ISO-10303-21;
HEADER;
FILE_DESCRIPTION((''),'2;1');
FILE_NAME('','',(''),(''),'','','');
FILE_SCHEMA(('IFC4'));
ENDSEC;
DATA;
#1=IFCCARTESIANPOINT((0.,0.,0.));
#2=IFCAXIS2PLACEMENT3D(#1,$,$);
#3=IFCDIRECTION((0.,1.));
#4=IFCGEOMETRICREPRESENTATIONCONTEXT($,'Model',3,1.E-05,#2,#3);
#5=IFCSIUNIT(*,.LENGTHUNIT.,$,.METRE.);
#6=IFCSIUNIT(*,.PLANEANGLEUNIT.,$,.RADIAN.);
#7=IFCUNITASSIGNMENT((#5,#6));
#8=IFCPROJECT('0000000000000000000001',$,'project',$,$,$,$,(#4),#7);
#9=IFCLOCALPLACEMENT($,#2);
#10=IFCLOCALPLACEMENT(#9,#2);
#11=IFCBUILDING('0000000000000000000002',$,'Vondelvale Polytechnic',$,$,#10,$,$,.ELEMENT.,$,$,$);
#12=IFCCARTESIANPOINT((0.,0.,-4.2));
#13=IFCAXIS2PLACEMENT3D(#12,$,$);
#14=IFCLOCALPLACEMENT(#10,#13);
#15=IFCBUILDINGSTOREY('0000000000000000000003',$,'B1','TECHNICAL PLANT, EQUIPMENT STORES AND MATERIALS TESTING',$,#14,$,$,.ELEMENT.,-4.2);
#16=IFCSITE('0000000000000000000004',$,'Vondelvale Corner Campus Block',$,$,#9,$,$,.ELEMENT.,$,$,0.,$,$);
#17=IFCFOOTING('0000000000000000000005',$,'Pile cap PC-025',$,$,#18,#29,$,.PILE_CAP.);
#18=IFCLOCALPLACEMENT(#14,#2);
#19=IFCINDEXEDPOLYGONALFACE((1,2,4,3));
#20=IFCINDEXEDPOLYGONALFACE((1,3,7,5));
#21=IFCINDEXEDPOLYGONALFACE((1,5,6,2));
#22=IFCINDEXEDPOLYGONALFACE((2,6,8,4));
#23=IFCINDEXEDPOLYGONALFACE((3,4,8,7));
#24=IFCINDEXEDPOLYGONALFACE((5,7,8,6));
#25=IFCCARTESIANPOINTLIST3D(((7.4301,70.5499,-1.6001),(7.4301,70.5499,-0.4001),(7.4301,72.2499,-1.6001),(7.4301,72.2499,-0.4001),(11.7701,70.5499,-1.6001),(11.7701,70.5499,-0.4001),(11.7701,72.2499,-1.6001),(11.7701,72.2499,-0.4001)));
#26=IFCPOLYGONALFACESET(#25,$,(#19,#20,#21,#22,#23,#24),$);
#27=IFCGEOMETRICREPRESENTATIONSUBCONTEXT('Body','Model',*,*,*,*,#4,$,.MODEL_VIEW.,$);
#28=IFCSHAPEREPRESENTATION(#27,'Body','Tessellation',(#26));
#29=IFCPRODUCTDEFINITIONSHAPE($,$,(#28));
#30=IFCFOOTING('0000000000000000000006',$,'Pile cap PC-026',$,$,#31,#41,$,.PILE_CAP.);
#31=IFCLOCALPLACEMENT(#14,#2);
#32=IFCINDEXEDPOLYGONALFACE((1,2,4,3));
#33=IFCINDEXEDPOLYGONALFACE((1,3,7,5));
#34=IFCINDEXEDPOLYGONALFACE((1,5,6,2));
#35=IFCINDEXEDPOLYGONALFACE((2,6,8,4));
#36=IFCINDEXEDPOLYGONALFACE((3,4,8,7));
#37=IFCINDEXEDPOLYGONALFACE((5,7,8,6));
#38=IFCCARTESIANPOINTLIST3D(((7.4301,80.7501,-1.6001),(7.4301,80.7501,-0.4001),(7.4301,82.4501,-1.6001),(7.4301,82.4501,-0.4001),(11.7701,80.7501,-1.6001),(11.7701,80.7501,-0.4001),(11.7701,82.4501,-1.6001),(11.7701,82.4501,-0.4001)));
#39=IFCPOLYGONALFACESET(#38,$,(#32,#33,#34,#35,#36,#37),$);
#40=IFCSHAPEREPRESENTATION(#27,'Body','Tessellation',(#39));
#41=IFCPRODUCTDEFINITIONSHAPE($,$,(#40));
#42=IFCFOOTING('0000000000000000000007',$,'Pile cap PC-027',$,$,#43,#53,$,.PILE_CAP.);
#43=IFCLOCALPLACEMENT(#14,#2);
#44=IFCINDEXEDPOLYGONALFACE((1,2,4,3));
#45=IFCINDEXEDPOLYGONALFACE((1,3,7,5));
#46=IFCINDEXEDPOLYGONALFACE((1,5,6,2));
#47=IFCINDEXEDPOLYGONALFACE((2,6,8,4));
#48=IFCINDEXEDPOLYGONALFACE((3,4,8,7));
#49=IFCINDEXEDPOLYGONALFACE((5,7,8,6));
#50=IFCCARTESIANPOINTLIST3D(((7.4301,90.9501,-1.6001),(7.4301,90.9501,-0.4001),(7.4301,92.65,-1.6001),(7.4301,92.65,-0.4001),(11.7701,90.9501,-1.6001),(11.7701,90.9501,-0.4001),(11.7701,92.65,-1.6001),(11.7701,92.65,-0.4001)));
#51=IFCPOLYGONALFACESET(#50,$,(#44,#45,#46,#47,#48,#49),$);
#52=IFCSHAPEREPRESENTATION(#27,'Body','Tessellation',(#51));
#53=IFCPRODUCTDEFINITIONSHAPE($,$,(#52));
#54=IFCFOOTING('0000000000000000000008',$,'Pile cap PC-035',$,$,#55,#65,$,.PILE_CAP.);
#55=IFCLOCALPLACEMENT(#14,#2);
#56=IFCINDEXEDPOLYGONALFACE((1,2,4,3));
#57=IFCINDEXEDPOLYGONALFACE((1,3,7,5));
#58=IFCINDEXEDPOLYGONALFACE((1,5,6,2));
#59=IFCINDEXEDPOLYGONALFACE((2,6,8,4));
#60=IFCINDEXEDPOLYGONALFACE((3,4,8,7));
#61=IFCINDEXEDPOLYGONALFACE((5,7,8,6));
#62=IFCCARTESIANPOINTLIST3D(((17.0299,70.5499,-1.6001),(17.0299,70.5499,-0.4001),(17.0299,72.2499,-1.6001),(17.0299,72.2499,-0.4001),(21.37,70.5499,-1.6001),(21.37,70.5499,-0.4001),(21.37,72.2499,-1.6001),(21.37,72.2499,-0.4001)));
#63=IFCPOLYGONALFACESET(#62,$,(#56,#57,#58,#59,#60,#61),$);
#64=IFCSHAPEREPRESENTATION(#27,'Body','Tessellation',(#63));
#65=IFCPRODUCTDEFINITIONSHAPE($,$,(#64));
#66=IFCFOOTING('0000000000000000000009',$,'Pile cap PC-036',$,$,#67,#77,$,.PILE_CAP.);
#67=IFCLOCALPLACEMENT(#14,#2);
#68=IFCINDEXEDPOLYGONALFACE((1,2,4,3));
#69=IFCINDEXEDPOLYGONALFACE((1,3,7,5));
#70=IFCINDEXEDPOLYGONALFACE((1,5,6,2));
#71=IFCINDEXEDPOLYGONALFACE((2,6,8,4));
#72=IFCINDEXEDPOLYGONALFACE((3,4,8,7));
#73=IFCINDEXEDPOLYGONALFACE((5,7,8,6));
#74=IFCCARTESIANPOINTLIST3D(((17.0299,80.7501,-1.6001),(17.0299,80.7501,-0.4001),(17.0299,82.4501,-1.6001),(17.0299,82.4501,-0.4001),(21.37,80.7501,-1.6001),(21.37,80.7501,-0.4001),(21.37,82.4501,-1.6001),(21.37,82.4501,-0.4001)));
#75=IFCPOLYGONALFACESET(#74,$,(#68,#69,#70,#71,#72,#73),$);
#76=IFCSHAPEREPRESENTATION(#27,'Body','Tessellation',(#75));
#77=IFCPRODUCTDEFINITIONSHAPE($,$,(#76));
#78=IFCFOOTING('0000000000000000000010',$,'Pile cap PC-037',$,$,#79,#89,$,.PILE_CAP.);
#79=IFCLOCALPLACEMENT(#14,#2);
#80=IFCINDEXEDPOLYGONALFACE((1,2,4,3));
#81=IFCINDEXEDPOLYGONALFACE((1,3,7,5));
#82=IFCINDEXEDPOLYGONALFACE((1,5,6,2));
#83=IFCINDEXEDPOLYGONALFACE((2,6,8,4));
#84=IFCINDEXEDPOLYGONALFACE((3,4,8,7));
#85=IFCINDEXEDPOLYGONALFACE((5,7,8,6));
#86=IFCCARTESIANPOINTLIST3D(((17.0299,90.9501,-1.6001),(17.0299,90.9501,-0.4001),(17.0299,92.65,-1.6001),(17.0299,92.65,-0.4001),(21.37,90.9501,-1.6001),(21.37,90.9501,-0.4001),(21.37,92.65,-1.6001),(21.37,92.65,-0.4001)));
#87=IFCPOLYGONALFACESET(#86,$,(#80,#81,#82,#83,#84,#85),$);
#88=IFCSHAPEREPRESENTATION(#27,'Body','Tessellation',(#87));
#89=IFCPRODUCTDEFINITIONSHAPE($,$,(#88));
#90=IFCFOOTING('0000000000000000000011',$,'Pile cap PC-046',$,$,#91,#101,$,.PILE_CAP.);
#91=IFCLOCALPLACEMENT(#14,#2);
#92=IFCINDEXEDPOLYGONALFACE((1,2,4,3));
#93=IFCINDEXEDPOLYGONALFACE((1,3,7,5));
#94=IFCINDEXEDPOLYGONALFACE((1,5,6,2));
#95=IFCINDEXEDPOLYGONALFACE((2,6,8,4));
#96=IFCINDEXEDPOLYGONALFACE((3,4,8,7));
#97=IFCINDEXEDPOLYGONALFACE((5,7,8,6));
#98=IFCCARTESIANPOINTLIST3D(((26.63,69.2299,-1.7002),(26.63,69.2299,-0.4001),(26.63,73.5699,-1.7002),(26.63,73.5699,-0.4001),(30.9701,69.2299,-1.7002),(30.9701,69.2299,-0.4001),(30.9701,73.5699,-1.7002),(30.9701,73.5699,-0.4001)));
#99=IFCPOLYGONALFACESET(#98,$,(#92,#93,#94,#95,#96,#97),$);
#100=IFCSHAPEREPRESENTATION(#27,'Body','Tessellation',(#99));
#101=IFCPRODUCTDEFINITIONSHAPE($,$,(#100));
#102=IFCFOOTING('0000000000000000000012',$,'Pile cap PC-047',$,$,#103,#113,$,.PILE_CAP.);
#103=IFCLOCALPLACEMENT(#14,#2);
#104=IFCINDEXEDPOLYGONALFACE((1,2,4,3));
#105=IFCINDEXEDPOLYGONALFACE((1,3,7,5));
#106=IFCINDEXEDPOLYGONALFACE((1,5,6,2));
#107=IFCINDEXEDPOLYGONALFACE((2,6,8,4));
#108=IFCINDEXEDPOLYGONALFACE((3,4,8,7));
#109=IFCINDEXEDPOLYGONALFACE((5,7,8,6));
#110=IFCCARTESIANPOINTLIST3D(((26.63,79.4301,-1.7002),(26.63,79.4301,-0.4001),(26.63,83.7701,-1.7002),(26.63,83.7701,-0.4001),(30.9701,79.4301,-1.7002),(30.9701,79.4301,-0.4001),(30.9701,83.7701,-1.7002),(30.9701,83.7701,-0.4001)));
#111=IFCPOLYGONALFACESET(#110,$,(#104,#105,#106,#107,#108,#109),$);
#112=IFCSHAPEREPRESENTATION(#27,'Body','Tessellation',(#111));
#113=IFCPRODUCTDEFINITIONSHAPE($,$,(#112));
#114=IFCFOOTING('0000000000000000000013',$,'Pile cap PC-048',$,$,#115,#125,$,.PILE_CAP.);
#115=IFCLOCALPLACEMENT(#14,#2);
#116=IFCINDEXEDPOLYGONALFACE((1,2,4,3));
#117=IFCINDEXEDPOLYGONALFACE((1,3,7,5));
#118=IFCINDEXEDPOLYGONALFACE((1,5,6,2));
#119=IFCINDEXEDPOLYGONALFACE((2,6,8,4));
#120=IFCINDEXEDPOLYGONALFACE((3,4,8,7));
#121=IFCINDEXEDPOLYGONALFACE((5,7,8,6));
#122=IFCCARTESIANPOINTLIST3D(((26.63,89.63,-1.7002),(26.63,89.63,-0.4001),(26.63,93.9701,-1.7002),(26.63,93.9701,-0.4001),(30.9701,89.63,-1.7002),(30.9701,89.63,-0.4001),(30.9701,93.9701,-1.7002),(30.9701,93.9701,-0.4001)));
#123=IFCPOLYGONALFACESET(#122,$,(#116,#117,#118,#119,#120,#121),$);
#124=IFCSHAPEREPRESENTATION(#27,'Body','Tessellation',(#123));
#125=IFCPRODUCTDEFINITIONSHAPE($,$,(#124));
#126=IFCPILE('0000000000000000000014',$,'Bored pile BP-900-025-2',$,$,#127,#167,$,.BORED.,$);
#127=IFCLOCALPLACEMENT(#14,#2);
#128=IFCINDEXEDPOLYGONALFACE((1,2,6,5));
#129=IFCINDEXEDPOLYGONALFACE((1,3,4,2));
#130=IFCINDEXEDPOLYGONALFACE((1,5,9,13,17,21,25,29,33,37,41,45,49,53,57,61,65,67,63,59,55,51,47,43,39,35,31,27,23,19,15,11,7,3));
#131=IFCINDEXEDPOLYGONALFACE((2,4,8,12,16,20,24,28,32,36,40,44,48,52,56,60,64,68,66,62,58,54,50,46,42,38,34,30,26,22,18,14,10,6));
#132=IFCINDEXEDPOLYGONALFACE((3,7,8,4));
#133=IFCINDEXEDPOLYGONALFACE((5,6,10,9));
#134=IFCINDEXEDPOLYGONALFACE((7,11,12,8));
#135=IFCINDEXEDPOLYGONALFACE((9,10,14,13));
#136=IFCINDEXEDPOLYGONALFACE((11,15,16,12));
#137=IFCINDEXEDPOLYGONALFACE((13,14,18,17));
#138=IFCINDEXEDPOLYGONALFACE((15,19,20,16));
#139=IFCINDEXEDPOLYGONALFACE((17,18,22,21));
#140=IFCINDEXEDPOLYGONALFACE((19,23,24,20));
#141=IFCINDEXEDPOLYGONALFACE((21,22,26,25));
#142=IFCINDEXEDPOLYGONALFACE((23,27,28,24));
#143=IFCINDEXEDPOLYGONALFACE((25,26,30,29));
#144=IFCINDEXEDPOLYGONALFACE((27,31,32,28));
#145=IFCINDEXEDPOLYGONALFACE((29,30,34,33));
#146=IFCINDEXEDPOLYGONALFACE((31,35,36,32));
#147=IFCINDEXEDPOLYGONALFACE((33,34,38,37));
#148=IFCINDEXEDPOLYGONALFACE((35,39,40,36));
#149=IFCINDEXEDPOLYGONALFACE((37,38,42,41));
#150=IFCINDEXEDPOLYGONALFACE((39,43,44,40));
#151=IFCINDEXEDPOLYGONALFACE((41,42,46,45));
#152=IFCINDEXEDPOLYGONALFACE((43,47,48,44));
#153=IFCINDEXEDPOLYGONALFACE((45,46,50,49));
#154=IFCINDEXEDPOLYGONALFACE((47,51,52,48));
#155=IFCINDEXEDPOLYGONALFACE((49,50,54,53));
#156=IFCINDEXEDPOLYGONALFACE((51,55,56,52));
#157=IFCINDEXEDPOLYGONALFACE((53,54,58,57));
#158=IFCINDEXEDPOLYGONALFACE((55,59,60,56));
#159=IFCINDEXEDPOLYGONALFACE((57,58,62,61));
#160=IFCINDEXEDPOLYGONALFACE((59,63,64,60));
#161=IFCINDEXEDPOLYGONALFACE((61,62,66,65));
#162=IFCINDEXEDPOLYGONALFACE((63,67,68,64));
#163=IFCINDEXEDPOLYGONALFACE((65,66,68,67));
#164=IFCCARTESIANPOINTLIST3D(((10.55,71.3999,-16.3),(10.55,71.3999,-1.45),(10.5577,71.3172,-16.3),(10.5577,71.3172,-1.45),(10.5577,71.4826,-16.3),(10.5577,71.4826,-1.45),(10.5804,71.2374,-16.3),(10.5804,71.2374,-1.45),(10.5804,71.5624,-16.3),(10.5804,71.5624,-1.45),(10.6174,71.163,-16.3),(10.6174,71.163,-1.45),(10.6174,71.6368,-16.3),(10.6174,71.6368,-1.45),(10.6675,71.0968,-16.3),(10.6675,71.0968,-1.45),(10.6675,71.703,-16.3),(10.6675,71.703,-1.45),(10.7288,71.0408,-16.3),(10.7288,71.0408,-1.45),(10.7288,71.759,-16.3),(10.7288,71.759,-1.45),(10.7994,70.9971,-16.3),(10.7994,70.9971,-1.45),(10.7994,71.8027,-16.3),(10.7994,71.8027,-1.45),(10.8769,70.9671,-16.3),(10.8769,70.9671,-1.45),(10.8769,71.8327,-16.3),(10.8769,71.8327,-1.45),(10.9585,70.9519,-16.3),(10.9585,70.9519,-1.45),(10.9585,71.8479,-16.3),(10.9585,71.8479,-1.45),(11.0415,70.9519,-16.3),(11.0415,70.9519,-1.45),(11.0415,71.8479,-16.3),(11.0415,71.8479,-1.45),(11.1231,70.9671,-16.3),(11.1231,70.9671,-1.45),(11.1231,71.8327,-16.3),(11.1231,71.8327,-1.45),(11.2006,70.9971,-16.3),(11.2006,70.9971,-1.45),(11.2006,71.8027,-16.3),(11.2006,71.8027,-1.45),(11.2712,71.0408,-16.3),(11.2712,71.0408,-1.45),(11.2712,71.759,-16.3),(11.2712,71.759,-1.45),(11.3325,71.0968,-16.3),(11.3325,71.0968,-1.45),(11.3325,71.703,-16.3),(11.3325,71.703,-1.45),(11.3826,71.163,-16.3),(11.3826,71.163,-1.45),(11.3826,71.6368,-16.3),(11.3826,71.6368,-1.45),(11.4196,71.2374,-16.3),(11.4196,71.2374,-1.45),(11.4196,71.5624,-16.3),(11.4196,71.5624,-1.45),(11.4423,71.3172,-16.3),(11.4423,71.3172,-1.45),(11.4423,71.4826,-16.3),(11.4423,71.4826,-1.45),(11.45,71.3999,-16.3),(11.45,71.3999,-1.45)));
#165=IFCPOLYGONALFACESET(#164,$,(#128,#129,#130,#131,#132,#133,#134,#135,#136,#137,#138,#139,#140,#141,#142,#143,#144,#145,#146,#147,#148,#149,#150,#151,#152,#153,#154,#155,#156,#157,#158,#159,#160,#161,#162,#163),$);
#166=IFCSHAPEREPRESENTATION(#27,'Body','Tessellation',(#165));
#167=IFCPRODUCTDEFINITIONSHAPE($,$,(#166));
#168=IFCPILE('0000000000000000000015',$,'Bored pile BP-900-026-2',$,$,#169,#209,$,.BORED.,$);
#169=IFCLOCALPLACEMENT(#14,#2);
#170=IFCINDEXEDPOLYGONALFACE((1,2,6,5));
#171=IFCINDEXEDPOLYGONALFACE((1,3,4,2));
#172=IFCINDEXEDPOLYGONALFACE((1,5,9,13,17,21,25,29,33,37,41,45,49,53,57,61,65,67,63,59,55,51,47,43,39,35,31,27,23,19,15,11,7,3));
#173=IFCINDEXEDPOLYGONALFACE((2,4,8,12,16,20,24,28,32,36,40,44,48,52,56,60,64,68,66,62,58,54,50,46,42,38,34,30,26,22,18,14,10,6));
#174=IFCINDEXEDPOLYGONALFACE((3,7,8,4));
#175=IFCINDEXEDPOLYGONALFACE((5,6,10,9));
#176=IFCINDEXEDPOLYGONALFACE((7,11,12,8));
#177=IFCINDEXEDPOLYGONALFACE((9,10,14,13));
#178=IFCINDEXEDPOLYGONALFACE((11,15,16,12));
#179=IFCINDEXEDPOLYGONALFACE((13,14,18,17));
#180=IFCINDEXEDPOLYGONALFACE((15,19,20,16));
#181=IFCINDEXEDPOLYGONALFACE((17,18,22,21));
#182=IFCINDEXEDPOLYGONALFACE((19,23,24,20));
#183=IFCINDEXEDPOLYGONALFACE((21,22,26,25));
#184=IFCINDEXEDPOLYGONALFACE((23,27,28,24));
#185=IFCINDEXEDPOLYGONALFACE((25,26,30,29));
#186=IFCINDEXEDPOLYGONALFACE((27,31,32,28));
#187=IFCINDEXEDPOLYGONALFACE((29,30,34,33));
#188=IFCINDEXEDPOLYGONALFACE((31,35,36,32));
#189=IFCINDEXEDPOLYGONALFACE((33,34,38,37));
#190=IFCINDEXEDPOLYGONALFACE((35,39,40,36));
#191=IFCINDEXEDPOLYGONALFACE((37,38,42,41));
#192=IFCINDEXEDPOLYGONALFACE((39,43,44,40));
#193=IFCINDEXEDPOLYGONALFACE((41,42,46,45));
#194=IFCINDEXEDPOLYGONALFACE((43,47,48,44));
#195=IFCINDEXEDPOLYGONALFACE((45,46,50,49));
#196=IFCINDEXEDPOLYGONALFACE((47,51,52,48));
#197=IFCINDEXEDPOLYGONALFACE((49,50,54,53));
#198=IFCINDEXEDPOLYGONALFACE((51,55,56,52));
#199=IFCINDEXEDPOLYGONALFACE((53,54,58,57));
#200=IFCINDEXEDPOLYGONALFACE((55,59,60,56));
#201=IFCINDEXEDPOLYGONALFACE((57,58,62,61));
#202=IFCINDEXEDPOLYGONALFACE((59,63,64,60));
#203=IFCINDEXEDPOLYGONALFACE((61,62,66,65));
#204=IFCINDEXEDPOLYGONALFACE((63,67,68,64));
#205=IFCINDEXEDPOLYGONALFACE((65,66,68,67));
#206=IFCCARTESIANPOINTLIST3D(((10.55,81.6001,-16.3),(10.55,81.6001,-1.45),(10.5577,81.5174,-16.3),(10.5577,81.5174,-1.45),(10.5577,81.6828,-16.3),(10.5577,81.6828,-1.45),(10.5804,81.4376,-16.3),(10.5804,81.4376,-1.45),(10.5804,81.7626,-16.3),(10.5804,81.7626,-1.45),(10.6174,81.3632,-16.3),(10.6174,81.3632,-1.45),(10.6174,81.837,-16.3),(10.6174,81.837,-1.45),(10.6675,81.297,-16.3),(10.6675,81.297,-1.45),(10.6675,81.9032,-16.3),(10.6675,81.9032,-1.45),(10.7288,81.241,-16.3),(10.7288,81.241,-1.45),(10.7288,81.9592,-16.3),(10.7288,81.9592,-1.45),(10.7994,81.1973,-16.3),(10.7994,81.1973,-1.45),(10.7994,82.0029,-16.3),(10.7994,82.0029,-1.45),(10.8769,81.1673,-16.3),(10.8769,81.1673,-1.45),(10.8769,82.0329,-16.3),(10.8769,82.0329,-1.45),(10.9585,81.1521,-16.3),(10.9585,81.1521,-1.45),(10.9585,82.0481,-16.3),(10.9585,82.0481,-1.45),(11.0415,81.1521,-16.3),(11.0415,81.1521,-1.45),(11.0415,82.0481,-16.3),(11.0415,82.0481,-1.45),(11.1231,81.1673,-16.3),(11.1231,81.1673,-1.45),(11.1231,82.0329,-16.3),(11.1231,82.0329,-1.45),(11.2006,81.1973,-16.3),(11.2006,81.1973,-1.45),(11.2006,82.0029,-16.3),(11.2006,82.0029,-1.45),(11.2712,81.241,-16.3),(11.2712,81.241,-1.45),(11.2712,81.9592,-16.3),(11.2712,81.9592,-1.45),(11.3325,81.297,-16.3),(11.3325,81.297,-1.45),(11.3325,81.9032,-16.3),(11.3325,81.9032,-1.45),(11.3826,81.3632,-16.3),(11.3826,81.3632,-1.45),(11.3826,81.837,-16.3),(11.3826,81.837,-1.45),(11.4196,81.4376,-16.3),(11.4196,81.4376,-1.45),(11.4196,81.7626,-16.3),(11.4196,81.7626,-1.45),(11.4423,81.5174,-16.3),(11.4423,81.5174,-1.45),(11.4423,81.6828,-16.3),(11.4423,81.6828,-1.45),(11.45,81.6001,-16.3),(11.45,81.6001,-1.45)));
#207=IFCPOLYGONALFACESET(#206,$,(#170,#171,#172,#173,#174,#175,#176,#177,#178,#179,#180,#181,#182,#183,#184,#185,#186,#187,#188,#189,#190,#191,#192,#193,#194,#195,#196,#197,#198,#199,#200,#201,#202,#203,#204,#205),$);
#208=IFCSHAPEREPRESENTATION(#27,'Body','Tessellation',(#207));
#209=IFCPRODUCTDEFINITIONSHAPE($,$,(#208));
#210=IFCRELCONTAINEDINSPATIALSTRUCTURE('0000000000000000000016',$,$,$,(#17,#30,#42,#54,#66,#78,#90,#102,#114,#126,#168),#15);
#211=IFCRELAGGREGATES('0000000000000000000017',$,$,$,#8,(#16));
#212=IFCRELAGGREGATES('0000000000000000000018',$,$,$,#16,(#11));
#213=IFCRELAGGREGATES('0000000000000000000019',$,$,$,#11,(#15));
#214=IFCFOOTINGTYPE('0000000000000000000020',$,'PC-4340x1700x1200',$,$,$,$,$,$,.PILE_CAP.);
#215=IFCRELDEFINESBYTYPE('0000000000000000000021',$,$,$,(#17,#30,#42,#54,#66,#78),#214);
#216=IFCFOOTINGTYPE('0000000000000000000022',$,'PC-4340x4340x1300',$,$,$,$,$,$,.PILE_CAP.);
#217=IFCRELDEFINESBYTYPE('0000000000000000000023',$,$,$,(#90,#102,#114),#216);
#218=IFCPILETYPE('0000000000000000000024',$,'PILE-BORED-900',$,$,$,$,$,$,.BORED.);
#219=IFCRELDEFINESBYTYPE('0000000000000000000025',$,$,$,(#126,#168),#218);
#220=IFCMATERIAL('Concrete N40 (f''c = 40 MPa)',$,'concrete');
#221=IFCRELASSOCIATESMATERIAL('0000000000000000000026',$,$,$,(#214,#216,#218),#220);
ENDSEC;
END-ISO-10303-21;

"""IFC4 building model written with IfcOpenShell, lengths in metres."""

from ifc_helpers import new_model, si_unit, direction, frame, origin, origin_2d, place, context, subcontext, project, spatial, rectangle, circle, extrude, material, material_profile, profile_set, type_object, element, save


model = new_model("IFC4")

# Units and contexts
model_context = context("Model", 3, precision=1e-05, world=origin(), true_north=direction((0.0, 1.0)))
body_context = subcontext(model_context, "Body", "Model", "MODEL_VIEW")
ifc_project = project(units=[si_unit("LENGTHUNIT", "METRE"), si_unit("PLANEANGLEUNIT", "RADIAN")], contexts=[model_context])

# Site, building, storey
site_placement = place(None, origin())
site = spatial("IfcSite", under=ifc_project, at=site_placement, Name="Vondelvale Corner Campus Block", CompositionType="ELEMENT", RefElevation=0.0)
building_placement = place(site_placement, origin())
building = spatial("IfcBuilding", under=site, at=building_placement, Name="Vondelvale Polytechnic", CompositionType="ELEMENT")
storey_placement = place(building_placement, frame((0.0, 0.0, -4.2)))
storey = spatial("IfcBuildingStorey", under=building, at=storey_placement, Name="B1", Description="TECHNICAL PLANT, EQUIPMENT STORES AND MATERIALS TESTING", CompositionType="ELEMENT", Elevation=-4.2)

# Footings
ifc_material_1 = material(Name="Concrete N40 (f'c = 40 MPa)", Category="concrete")
footing_type_1 = type_object("IfcFootingType", Name="PC-4340x1700x1200", PredefinedType="PILE_CAP", material=ifc_material_1)
for number, where, z_axis, x_axis, name in (
    (1, (9.6001, 71.3999, -1.6001), (0.0, 0.0, 1.0), (1.0, 0.0, 0.0), "Pile cap PC-025"),
    (2, (9.6001, 81.6001, -1.6001), (0.0, 0.0, 1.0), (1.0, 0.0, 0.0), "Pile cap PC-026"),
    (3, (9.6001, 91.8, -1.6001), (0.0, 0.0, 1.0), (1.0, 0.0, 0.0), "Pile cap PC-027"),
    (4, (19.2, 71.3999, -1.6001), (0.0, 0.0, 1.0), (1.0, 0.0, 0.0), "Pile cap PC-035"),
    (5, (19.2, 81.6001, -1.6001), (0.0, 0.0, 1.0), (1.0, 0.0, 0.0), "Pile cap PC-036"),
    (6, (19.2, 91.8, -1.6001), (0.0, 0.0, 1.0), (1.0, 0.0, 0.0), "Pile cap PC-037"),
):
    element("IfcFooting", number, at=place(storey_placement, frame(where, z_axis=z_axis, x_axis=x_axis)), inside=storey, type_object=footing_type_1, Name=name, PredefinedType="PILE_CAP", context=body_context, shape_type="SweptSolid", body=[
        extrude(rectangle(XDim=4.3401, YDim=1.7, at=origin_2d()), origin(), (0.0, 0.0, 1.0), 1.2),
    ])
footing_type_2 = type_object("IfcFootingType", Name="PC-4340x4340x1300", PredefinedType="PILE_CAP", material=ifc_material_1)
for number, where, z_axis, x_axis, name in (
    (7, (28.8, 71.3999, -1.7002), (0.0, 0.0, 1.0), (1.0, 0.0, 0.0), "Pile cap PC-046"),
    (8, (28.8, 81.6001, -1.7002), (0.0, 0.0, 1.0), (1.0, 0.0, 0.0), "Pile cap PC-047"),
    (9, (28.8, 91.8, -1.7002), (0.0, 0.0, 1.0), (1.0, 0.0, 0.0), "Pile cap PC-048"),
):
    element("IfcFooting", number, at=place(storey_placement, frame(where, z_axis=z_axis, x_axis=x_axis)), inside=storey, type_object=footing_type_2, Name=name, PredefinedType="PILE_CAP", context=body_context, shape_type="SweptSolid", body=[
        extrude(rectangle(XDim=4.3401, YDim=4.3401, at=origin_2d()), origin(), (0.0, 0.0, 1.0), 1.3),
    ])

# Piles
ifc_material_profile_1 = material_profile(ifc_material_1, circle(Radius=0.45, at=origin_2d()), Name="PILE-D900")
ifc_profile_set_1 = profile_set([ifc_material_profile_1], Name="Concrete N40 (f'c = 40 MPa)")
pile_type = type_object("IfcPileType", Name="PILE-BORED-900", PredefinedType="BORED", material=ifc_profile_set_1)
for number, where, z_axis, x_axis, name in (
    (10, (11.0, 71.3999, -1.45), (0.0, 0.0, -1.0), (1.0, 0.0, 0.0), "Bored pile BP-900-025-2"),
    (11, (11.0, 81.6001, -1.45), (0.0, 0.0, -1.0), (1.0, 0.0, 0.0), "Bored pile BP-900-026-2"),
):
    element("IfcPile", number, at=place(storey_placement, frame(where, z_axis=z_axis, x_axis=x_axis)), inside=storey, type_object=pile_type, Name=name, PredefinedType="BORED", context=body_context, shape_type="SweptSolid", body=[
        extrude(circle(Radius=0.45, at=origin_2d()), origin(), (0.0, 0.0, 1.0), 14.8501),
    ])

save(model, "model.ifc")
